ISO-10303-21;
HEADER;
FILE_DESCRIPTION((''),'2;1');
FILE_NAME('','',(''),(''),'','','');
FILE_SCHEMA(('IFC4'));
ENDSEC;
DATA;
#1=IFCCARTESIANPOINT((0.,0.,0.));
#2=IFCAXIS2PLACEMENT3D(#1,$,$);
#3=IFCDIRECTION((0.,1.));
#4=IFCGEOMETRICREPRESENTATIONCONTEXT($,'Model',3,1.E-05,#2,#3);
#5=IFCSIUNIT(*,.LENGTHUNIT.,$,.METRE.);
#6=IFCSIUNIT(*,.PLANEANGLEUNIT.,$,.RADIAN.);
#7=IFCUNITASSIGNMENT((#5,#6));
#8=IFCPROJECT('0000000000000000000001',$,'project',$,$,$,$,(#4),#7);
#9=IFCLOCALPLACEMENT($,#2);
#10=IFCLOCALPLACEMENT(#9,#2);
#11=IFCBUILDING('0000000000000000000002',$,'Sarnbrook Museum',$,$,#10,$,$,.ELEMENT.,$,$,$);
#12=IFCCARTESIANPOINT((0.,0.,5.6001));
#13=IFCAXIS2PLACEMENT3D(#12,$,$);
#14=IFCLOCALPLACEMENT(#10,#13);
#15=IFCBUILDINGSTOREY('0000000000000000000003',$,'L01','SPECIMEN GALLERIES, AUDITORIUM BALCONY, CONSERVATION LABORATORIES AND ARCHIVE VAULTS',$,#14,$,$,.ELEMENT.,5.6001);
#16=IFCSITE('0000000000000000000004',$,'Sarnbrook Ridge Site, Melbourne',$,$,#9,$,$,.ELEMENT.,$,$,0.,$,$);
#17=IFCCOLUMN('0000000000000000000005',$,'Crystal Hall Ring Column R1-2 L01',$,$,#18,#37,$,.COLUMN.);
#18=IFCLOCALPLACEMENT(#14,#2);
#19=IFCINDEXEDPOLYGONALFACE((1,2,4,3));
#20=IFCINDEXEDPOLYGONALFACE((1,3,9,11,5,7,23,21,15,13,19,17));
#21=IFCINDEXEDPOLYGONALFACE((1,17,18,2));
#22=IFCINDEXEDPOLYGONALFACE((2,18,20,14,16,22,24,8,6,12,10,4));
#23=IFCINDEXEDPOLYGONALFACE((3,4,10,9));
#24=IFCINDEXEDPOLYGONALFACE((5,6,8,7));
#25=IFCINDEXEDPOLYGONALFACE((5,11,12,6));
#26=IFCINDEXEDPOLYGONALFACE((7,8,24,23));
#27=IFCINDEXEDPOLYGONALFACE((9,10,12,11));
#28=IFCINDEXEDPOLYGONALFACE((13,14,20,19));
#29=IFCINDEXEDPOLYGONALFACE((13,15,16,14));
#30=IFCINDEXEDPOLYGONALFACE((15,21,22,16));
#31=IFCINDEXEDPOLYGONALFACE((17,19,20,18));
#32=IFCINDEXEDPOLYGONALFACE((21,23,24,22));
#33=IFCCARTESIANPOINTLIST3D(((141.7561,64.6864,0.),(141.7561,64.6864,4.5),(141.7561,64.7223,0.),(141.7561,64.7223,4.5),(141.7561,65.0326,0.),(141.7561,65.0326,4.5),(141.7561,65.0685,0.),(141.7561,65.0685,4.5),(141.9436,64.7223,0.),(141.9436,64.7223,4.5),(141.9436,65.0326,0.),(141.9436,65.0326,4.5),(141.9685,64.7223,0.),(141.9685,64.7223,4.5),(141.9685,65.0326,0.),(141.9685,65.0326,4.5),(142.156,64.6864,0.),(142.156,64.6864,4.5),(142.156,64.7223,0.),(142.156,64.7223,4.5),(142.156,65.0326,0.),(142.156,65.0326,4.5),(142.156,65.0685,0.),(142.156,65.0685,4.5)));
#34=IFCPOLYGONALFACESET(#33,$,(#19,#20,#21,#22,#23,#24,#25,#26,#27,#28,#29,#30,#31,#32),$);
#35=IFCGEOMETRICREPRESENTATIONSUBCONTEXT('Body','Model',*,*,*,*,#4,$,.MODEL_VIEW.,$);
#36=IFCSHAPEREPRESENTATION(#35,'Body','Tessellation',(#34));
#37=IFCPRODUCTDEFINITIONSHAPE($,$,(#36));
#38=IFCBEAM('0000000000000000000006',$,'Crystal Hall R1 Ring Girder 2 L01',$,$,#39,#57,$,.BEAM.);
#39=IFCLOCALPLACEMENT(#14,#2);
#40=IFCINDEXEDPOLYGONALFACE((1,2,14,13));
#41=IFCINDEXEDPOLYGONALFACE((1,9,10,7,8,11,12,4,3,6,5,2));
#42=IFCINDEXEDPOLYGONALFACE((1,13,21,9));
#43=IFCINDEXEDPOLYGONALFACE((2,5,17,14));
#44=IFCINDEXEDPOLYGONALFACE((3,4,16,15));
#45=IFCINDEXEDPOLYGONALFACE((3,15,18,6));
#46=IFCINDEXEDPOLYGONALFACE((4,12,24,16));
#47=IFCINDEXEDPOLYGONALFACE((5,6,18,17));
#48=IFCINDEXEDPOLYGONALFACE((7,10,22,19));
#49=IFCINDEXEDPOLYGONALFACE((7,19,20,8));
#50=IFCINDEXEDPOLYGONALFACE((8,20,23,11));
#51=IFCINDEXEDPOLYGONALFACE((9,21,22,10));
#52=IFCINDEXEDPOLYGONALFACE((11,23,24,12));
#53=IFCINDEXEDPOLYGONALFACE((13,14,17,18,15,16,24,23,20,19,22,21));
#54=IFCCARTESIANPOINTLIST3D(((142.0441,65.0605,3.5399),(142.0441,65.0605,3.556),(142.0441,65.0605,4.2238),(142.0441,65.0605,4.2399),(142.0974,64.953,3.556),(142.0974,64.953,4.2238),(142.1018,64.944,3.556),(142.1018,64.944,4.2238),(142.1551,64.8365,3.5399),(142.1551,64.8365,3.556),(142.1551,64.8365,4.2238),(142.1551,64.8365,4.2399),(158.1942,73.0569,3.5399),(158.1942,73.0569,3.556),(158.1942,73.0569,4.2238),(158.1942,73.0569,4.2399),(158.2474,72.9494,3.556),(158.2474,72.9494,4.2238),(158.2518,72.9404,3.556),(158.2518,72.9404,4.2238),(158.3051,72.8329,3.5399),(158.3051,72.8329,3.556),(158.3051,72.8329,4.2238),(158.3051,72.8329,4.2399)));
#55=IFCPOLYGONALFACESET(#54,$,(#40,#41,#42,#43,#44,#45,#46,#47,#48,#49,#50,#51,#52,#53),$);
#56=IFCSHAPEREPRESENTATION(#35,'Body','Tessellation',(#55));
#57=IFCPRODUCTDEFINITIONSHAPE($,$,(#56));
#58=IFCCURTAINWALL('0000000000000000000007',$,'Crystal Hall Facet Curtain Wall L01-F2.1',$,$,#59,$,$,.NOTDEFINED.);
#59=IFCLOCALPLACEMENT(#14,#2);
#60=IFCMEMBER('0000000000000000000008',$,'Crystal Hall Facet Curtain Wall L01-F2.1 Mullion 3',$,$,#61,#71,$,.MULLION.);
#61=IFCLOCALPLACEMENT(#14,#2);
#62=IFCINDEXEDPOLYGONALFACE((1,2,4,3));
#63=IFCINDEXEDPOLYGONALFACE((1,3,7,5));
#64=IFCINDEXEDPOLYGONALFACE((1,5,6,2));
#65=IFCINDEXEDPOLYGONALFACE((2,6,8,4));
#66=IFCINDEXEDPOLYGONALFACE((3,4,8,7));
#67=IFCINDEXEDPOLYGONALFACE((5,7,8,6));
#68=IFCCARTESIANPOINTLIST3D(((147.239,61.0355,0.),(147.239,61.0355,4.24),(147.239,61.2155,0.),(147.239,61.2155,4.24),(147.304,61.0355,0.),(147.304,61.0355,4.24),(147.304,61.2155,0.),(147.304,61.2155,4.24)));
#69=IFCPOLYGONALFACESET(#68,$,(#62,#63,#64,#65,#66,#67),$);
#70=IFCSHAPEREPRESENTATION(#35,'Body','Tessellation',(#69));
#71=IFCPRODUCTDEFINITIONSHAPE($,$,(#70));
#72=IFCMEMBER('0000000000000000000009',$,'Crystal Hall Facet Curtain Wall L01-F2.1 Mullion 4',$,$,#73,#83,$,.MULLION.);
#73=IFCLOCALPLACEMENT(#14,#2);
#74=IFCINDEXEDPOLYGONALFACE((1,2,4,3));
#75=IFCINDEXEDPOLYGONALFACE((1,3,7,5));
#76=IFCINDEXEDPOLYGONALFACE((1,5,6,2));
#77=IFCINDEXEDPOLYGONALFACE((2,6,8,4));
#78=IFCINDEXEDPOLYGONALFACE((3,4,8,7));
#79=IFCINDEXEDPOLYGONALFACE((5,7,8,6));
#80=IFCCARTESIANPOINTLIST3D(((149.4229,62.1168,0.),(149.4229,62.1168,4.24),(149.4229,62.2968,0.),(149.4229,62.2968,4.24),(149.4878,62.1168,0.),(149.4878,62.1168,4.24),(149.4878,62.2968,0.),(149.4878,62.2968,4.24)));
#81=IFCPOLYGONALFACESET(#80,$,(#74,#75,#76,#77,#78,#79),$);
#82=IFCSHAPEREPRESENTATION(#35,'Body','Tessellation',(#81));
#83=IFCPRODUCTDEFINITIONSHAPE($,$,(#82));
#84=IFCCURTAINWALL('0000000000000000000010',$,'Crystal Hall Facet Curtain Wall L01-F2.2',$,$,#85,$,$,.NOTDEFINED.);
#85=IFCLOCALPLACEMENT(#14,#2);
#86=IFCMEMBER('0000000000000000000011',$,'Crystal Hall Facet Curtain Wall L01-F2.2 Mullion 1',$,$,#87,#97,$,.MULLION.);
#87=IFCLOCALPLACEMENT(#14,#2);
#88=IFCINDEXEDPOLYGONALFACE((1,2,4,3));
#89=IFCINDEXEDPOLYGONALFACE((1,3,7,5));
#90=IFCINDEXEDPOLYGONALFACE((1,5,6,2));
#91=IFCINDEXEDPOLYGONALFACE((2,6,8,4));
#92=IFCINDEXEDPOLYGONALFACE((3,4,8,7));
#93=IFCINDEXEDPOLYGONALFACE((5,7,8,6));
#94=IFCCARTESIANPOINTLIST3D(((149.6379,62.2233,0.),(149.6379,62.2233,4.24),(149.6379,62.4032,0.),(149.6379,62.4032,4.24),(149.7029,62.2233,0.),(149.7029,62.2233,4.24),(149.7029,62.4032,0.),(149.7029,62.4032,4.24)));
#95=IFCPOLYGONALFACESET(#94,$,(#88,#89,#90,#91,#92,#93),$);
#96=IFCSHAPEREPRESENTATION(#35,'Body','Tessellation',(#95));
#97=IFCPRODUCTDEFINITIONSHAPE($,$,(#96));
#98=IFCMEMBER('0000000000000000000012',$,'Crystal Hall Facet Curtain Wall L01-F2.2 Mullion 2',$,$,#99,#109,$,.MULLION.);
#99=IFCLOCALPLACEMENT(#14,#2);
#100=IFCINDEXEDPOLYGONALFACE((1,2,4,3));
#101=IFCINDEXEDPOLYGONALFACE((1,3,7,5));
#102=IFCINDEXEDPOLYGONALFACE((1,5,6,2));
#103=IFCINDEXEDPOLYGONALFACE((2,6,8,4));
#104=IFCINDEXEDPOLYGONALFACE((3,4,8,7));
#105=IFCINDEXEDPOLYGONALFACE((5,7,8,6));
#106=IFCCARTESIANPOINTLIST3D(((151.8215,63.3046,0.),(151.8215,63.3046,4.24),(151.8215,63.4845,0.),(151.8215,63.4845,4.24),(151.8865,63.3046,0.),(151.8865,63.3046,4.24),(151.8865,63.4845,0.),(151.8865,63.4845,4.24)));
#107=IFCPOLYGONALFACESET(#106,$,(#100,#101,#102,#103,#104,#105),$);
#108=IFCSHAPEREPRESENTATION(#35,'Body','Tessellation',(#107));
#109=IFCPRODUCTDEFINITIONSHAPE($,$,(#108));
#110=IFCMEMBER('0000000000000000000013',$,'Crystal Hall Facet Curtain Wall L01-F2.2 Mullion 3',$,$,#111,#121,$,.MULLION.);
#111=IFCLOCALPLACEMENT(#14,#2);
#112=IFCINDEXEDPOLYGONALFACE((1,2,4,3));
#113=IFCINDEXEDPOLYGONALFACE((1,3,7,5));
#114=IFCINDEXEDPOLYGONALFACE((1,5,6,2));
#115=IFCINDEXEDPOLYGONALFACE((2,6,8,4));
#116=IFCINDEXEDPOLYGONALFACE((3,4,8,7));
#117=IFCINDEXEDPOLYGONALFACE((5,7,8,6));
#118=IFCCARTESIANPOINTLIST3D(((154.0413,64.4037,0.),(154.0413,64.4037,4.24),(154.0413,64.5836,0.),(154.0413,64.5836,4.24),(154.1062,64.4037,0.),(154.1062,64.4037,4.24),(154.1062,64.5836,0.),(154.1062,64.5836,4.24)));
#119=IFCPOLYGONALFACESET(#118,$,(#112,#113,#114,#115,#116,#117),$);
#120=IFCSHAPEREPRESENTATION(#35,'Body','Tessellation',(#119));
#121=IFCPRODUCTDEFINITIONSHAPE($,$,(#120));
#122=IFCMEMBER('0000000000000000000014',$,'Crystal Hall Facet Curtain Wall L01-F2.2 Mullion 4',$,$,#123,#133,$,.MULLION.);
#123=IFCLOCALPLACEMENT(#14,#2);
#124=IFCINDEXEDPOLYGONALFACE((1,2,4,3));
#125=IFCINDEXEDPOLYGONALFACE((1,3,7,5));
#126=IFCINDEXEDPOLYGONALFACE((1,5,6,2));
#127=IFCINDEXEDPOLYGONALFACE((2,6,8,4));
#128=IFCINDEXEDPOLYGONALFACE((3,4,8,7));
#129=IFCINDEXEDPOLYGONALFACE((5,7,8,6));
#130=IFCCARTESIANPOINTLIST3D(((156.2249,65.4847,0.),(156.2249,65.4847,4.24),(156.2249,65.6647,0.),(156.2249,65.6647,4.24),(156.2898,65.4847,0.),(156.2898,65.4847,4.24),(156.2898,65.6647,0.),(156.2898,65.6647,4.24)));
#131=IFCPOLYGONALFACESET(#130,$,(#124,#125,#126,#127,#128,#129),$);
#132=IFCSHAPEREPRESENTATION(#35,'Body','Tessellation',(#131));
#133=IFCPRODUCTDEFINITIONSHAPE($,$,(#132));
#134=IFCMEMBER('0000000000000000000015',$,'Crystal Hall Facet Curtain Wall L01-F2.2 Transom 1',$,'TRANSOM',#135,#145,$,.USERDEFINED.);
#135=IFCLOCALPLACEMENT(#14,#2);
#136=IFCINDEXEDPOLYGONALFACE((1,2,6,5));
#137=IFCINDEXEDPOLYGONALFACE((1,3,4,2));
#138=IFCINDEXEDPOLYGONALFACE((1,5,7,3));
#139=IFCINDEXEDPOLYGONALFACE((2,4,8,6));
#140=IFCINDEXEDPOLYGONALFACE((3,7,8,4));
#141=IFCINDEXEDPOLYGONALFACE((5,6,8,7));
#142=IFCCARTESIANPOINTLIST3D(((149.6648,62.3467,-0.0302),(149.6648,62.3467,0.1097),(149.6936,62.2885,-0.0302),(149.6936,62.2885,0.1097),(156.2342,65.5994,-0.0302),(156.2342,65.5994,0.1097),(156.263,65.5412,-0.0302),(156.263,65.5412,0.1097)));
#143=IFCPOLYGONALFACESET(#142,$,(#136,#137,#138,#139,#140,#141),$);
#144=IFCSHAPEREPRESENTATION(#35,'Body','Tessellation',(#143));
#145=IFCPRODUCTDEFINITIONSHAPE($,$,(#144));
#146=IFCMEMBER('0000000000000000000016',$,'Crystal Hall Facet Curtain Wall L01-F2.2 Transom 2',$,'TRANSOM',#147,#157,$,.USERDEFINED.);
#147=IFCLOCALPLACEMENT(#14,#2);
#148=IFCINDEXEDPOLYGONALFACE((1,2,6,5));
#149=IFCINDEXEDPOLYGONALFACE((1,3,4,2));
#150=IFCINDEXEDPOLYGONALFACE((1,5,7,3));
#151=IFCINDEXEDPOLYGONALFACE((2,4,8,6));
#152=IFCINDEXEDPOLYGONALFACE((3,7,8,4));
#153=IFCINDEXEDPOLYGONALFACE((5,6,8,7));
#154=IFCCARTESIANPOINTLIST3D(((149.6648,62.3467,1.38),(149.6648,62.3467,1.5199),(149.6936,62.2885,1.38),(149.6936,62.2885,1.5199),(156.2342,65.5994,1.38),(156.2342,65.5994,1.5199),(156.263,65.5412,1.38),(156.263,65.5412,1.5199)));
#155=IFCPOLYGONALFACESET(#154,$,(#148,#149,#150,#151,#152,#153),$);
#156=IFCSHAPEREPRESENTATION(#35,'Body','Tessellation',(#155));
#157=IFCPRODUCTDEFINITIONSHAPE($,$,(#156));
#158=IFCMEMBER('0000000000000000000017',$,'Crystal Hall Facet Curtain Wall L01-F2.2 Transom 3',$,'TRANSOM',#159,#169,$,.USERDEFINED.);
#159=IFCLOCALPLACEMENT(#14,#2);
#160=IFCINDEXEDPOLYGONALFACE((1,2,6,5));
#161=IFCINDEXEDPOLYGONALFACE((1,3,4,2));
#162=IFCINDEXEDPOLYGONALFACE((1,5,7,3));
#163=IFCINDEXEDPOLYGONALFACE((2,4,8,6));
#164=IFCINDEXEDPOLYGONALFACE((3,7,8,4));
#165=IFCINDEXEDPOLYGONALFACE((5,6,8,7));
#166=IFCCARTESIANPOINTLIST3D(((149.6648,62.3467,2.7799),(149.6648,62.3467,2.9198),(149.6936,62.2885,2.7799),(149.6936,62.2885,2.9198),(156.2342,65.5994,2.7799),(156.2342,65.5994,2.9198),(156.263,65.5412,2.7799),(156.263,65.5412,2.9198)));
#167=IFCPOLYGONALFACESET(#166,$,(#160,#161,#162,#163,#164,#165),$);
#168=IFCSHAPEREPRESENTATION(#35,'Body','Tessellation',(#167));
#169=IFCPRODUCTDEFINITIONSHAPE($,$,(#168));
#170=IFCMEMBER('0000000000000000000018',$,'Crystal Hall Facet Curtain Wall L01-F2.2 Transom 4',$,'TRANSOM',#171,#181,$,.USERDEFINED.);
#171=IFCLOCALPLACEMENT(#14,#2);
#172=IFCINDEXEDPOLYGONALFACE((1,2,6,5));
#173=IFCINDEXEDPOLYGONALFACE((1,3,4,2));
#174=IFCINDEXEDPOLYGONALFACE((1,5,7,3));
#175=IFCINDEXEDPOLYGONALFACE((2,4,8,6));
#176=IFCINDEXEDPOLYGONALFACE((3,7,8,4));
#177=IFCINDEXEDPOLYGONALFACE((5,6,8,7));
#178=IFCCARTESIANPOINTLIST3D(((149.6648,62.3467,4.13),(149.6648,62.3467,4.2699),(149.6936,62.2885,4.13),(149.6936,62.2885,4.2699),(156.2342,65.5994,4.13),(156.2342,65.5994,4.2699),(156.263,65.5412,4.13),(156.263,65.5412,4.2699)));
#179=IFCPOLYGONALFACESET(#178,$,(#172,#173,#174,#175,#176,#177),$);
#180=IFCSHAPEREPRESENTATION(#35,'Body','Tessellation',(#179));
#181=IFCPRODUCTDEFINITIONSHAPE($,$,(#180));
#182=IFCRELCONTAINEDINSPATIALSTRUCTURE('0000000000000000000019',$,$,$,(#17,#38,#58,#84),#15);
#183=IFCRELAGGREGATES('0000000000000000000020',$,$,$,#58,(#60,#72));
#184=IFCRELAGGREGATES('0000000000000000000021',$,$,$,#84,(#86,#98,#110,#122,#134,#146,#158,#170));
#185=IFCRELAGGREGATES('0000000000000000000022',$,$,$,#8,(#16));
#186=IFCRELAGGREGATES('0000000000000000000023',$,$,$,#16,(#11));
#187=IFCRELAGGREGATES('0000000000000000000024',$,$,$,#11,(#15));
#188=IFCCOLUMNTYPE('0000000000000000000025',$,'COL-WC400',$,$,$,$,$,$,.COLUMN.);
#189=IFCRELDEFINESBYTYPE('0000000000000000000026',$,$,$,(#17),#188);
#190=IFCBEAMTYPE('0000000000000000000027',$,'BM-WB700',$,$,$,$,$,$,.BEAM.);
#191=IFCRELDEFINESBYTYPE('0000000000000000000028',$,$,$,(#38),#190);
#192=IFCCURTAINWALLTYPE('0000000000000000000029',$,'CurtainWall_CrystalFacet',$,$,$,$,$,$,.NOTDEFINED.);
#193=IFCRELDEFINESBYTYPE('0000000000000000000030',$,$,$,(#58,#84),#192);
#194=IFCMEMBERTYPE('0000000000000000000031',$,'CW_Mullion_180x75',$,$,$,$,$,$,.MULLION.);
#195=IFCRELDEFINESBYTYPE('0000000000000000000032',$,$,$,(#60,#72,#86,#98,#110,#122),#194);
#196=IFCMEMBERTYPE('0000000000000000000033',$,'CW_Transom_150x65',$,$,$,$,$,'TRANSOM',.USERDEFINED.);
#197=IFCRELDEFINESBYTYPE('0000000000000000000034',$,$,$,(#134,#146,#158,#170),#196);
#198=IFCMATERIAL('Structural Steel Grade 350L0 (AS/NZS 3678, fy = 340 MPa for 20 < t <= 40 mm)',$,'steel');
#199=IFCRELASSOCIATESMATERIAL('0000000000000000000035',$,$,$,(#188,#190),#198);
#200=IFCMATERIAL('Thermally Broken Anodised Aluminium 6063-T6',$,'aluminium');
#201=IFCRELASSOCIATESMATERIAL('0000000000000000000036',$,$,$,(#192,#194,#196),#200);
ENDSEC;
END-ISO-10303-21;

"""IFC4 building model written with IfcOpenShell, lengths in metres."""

from ifc_helpers import new_model, si_unit, direction, frame, origin, origin_2d, place, context, subcontext, project, spatial, rectangle, i_section, extrude, material, material_profile, profile_set, type_object, element, aggregate, save


model = new_model("IFC4")

# Units and contexts
model_context = context("Model", 3, precision=1e-05, world=origin(), true_north=direction((0.0, 1.0)))
body_context = subcontext(model_context, "Body", "Model", "MODEL_VIEW")
ifc_project = project(units=[si_unit("LENGTHUNIT", "METRE"), si_unit("PLANEANGLEUNIT", "RADIAN")], contexts=[model_context])

# Site, building, storey
site_placement = place(None, origin())
site = spatial("IfcSite", under=ifc_project, at=site_placement, Name="Sarnbrook Ridge Site, Melbourne", CompositionType="ELEMENT", RefElevation=0.0)
building_placement = place(site_placement, origin())
building = spatial("IfcBuilding", under=site, at=building_placement, Name="Sarnbrook Museum", CompositionType="ELEMENT")
storey_placement = place(building_placement, frame((0.0, 0.0, 5.6001)))
storey = spatial("IfcBuildingStorey", under=building, at=storey_placement, Name="L01", Description="SPECIMEN GALLERIES, AUDITORIUM BALCONY, CONSERVATION LABORATORIES AND ARCHIVE VAULTS", CompositionType="ELEMENT", Elevation=5.6001)

# Column
ifc_material_1 = material(Name="Structural Steel Grade 350L0 (AS/NZS 3678, fy = 340 MPa for 20 < t <= 40 mm)", Category="steel")
ifc_material_profile_1 = material_profile(ifc_material_1, i_section(OverallWidth=0.3999, OverallDepth=0.3821, WebThickness=0.0249, FlangeThickness=0.0359, at=origin_2d()), Name="400WC270")
ifc_profile_set_1 = profile_set([ifc_material_profile_1], Name="Structural Steel Grade 350L0 (AS/NZS 3678, fy = 340 MPa for 20 < t <= 40 mm)")
column_type = type_object("IfcColumnType", Name="COL-WC400", PredefinedType="COLUMN", material=ifc_profile_set_1)
column_placement = place(storey_placement, frame((141.9561, 64.8774, 0.0), z_axis=(0.0, 0.0, 1.0), x_axis=(1.0, 0.0, 0.0)))
element("IfcColumn", 1, at=column_placement, inside=storey, type_object=column_type, Name="Crystal Hall Ring Column R1-2 L01", PredefinedType="COLUMN", context=body_context, shape_type="SweptSolid", body=[
    extrude(i_section(OverallWidth=0.3999, OverallDepth=0.3821, WebThickness=0.0249, FlangeThickness=0.0359, at=origin_2d()), origin(), (0.0, 0.0, 1.0), 4.5),
])

# Beam
ifc_material_profile_2 = material_profile(ifc_material_1, i_section(OverallWidth=0.25, OverallDepth=0.7, WebThickness=0.01, FlangeThickness=0.0161, at=origin_2d()), Name="700WB130")
ifc_profile_set_2 = profile_set([ifc_material_profile_2], Name="Structural Steel Grade 350L0 (AS/NZS 3678, fy = 340 MPa for 20 < t <= 40 mm)")
beam_type_1 = type_object("IfcBeamType", Name="BM-WB700", PredefinedType="BEAM", material=ifc_profile_set_2)
beam_1_placement = place(storey_placement, frame((142.0996, 64.9485, 3.8899), z_axis=(0.896165, 0.44372, 0.0), x_axis=(-0.44372, 0.896165, 0.0)))
element("IfcBeam", 2, at=beam_1_placement, inside=storey, type_object=beam_type_1, Name="Crystal Hall R1 Ring Girder 2 L01", PredefinedType="BEAM", context=body_context, shape_type="SweptSolid", body=[
    extrude(i_section(OverallWidth=0.25, OverallDepth=0.7, WebThickness=0.01, FlangeThickness=0.0161, at=origin_2d()), origin(), (0.0, 0.0, 1.0), 18.0212),
])

# Curtain walls, members
ifc_material_2 = material(Name="Thermally Broken Anodised Aluminium 6063-T6", Category="aluminium")
curtain_wall_type = type_object("IfcCurtainWallType", Name="CurtainWall_CrystalFacet", PredefinedType="NOTDEFINED", material=ifc_material_2)
curtain_wall_1_placement = place(storey_placement, origin())
curtain_wall_1 = element("IfcCurtainWall", 3, at=curtain_wall_1_placement, inside=storey, type_object=curtain_wall_type, Name="Crystal Hall Facet Curtain Wall L01-F2.1", PredefinedType="NOTDEFINED")
ifc_material_profile_3 = material_profile(ifc_material_2, rectangle(XDim=0.0649, YDim=0.1799, at=origin_2d()), Name="ALU MULLION 65x180")
ifc_profile_set_3 = profile_set([ifc_material_profile_3], Name="Thermally Broken Anodised Aluminium 6063-T6")
member_type_1 = type_object("IfcMemberType", Name="CW_Mullion_180x75", PredefinedType="MULLION", material=ifc_profile_set_3)
member_1_placement = place(storey_placement, frame((147.2715, 61.1255, 0.0), z_axis=(0.0, 0.0, 1.0), x_axis=(1.0, 0.0, 0.0)))
member_1 = element("IfcMember", 4, at=member_1_placement, type_object=member_type_1, Name="Crystal Hall Facet Curtain Wall L01-F2.1 Mullion 3", PredefinedType="MULLION", context=body_context, shape_type="SweptSolid", body=[
    extrude(rectangle(XDim=0.0649, YDim=0.1799, at=origin_2d()), origin(), (0.0, 0.0, 1.0), 4.24),
])
member_2_placement = place(storey_placement, frame((149.4553, 62.2068, 0.0), z_axis=(0.0, 0.0, 1.0), x_axis=(1.0, 0.0, 0.0)))
member_2 = element("IfcMember", 5, at=member_2_placement, type_object=member_type_1, Name="Crystal Hall Facet Curtain Wall L01-F2.1 Mullion 4", PredefinedType="MULLION", context=body_context, shape_type="SweptSolid", body=[
    extrude(rectangle(XDim=0.0649, YDim=0.1799, at=origin_2d()), origin(), (0.0, 0.0, 1.0), 4.24),
])
curtain_wall_2_placement = place(storey_placement, origin())
curtain_wall_2 = element("IfcCurtainWall", 6, at=curtain_wall_2_placement, inside=storey, type_object=curtain_wall_type, Name="Crystal Hall Facet Curtain Wall L01-F2.2", PredefinedType="NOTDEFINED")
member_3_placement = place(storey_placement, frame((149.6704, 62.3132, 0.0), z_axis=(0.0, 0.0, 1.0), x_axis=(1.0, 0.0, 0.0)))
member_3 = element("IfcMember", 7, at=member_3_placement, type_object=member_type_1, Name="Crystal Hall Facet Curtain Wall L01-F2.2 Mullion 1", PredefinedType="MULLION", context=body_context, shape_type="SweptSolid", body=[
    extrude(rectangle(XDim=0.0649, YDim=0.1799, at=origin_2d()), origin(), (0.0, 0.0, 1.0), 4.24),
])
member_4_placement = place(storey_placement, frame((151.854, 63.3945, 0.0), z_axis=(0.0, 0.0, 1.0), x_axis=(1.0, 0.0, 0.0)))
member_4 = element("IfcMember", 8, at=member_4_placement, type_object=member_type_1, Name="Crystal Hall Facet Curtain Wall L01-F2.2 Mullion 2", PredefinedType="MULLION", context=body_context, shape_type="SweptSolid", body=[
    extrude(rectangle(XDim=0.0649, YDim=0.1799, at=origin_2d()), origin(), (0.0, 0.0, 1.0), 4.24),
])
member_5_placement = place(storey_placement, frame((154.0737, 64.4937, 0.0), z_axis=(0.0, 0.0, 1.0), x_axis=(1.0, 0.0, 0.0)))
member_5 = element("IfcMember", 9, at=member_5_placement, type_object=member_type_1, Name="Crystal Hall Facet Curtain Wall L01-F2.2 Mullion 3", PredefinedType="MULLION", context=body_context, shape_type="SweptSolid", body=[
    extrude(rectangle(XDim=0.0649, YDim=0.1799, at=origin_2d()), origin(), (0.0, 0.0, 1.0), 4.24),
])
member_6_placement = place(storey_placement, frame((156.2573, 65.5747, 0.0), z_axis=(0.0, 0.0, 1.0), x_axis=(1.0, 0.0, 0.0)))
member_6 = element("IfcMember", 10, at=member_6_placement, type_object=member_type_1, Name="Crystal Hall Facet Curtain Wall L01-F2.2 Mullion 4", PredefinedType="MULLION", context=body_context, shape_type="SweptSolid", body=[
    extrude(rectangle(XDim=0.0649, YDim=0.1799, at=origin_2d()), origin(), (0.0, 0.0, 1.0), 4.24),
])
ifc_material_profile_4 = material_profile(ifc_material_2, rectangle(XDim=0.0649, YDim=0.1399, at=origin_2d()), Name="ALU TRANSOM 65x140")
ifc_profile_set_4 = profile_set([ifc_material_profile_4], Name="Thermally Broken Anodised Aluminium 6063-T6")
member_type_2 = type_object("IfcMemberType", Name="CW_Transom_150x65", ElementType="TRANSOM", PredefinedType="USERDEFINED", material=ifc_profile_set_4)
member_7_placement = place(storey_placement, frame((149.6792, 62.3176, 0.0398), z_axis=(0.896166, 0.44372, 0.0), x_axis=(-0.44372, 0.896166, 0.0)))
member_7 = element("IfcMember", 11, at=member_7_placement, type_object=member_type_2, Name="Crystal Hall Facet Curtain Wall L01-F2.2 Transom 1", ObjectType="TRANSOM", PredefinedType="USERDEFINED", context=body_context, shape_type="SweptSolid", body=[
    extrude(rectangle(XDim=0.0649, YDim=0.1399, at=origin_2d()), origin(), (0.0, 0.0, 1.0), 7.3306),
])
member_8_placement = place(storey_placement, frame((149.6792, 62.3176, 1.45), z_axis=(0.896166, 0.44372, 0.0), x_axis=(-0.44372, 0.896166, 0.0)))
member_8 = element("IfcMember", 12, at=member_8_placement, type_object=member_type_2, Name="Crystal Hall Facet Curtain Wall L01-F2.2 Transom 2", ObjectType="TRANSOM", PredefinedType="USERDEFINED", context=body_context, shape_type="SweptSolid", body=[
    extrude(rectangle(XDim=0.0649, YDim=0.1399, at=origin_2d()), origin(), (0.0, 0.0, 1.0), 7.3306),
])
member_9_placement = place(storey_placement, frame((149.6792, 62.3176, 2.8499), z_axis=(0.896166, 0.44372, 0.0), x_axis=(-0.44372, 0.896166, 0.0)))
member_9 = element("IfcMember", 13, at=member_9_placement, type_object=member_type_2, Name="Crystal Hall Facet Curtain Wall L01-F2.2 Transom 3", ObjectType="TRANSOM", PredefinedType="USERDEFINED", context=body_context, shape_type="SweptSolid", body=[
    extrude(rectangle(XDim=0.0649, YDim=0.1399, at=origin_2d()), origin(), (0.0, 0.0, 1.0), 7.3306),
])
member_10_placement = place(storey_placement, frame((149.6792, 62.3176, 4.2), z_axis=(0.896166, 0.44372, 0.0), x_axis=(-0.44372, 0.896166, 0.0)))
member_10 = element("IfcMember", 14, at=member_10_placement, type_object=member_type_2, Name="Crystal Hall Facet Curtain Wall L01-F2.2 Transom 4", ObjectType="TRANSOM", PredefinedType="USERDEFINED", context=body_context, shape_type="SweptSolid", body=[
    extrude(rectangle(XDim=0.0649, YDim=0.1399, at=origin_2d()), origin(), (0.0, 0.0, 1.0), 7.3306),
])

aggregate(curtain_wall_1, [member_1, member_2])
aggregate(curtain_wall_2, [member_3, member_4, member_5, member_6, member_7, member_8, member_9, member_10])

save(model, "model.ifc")
